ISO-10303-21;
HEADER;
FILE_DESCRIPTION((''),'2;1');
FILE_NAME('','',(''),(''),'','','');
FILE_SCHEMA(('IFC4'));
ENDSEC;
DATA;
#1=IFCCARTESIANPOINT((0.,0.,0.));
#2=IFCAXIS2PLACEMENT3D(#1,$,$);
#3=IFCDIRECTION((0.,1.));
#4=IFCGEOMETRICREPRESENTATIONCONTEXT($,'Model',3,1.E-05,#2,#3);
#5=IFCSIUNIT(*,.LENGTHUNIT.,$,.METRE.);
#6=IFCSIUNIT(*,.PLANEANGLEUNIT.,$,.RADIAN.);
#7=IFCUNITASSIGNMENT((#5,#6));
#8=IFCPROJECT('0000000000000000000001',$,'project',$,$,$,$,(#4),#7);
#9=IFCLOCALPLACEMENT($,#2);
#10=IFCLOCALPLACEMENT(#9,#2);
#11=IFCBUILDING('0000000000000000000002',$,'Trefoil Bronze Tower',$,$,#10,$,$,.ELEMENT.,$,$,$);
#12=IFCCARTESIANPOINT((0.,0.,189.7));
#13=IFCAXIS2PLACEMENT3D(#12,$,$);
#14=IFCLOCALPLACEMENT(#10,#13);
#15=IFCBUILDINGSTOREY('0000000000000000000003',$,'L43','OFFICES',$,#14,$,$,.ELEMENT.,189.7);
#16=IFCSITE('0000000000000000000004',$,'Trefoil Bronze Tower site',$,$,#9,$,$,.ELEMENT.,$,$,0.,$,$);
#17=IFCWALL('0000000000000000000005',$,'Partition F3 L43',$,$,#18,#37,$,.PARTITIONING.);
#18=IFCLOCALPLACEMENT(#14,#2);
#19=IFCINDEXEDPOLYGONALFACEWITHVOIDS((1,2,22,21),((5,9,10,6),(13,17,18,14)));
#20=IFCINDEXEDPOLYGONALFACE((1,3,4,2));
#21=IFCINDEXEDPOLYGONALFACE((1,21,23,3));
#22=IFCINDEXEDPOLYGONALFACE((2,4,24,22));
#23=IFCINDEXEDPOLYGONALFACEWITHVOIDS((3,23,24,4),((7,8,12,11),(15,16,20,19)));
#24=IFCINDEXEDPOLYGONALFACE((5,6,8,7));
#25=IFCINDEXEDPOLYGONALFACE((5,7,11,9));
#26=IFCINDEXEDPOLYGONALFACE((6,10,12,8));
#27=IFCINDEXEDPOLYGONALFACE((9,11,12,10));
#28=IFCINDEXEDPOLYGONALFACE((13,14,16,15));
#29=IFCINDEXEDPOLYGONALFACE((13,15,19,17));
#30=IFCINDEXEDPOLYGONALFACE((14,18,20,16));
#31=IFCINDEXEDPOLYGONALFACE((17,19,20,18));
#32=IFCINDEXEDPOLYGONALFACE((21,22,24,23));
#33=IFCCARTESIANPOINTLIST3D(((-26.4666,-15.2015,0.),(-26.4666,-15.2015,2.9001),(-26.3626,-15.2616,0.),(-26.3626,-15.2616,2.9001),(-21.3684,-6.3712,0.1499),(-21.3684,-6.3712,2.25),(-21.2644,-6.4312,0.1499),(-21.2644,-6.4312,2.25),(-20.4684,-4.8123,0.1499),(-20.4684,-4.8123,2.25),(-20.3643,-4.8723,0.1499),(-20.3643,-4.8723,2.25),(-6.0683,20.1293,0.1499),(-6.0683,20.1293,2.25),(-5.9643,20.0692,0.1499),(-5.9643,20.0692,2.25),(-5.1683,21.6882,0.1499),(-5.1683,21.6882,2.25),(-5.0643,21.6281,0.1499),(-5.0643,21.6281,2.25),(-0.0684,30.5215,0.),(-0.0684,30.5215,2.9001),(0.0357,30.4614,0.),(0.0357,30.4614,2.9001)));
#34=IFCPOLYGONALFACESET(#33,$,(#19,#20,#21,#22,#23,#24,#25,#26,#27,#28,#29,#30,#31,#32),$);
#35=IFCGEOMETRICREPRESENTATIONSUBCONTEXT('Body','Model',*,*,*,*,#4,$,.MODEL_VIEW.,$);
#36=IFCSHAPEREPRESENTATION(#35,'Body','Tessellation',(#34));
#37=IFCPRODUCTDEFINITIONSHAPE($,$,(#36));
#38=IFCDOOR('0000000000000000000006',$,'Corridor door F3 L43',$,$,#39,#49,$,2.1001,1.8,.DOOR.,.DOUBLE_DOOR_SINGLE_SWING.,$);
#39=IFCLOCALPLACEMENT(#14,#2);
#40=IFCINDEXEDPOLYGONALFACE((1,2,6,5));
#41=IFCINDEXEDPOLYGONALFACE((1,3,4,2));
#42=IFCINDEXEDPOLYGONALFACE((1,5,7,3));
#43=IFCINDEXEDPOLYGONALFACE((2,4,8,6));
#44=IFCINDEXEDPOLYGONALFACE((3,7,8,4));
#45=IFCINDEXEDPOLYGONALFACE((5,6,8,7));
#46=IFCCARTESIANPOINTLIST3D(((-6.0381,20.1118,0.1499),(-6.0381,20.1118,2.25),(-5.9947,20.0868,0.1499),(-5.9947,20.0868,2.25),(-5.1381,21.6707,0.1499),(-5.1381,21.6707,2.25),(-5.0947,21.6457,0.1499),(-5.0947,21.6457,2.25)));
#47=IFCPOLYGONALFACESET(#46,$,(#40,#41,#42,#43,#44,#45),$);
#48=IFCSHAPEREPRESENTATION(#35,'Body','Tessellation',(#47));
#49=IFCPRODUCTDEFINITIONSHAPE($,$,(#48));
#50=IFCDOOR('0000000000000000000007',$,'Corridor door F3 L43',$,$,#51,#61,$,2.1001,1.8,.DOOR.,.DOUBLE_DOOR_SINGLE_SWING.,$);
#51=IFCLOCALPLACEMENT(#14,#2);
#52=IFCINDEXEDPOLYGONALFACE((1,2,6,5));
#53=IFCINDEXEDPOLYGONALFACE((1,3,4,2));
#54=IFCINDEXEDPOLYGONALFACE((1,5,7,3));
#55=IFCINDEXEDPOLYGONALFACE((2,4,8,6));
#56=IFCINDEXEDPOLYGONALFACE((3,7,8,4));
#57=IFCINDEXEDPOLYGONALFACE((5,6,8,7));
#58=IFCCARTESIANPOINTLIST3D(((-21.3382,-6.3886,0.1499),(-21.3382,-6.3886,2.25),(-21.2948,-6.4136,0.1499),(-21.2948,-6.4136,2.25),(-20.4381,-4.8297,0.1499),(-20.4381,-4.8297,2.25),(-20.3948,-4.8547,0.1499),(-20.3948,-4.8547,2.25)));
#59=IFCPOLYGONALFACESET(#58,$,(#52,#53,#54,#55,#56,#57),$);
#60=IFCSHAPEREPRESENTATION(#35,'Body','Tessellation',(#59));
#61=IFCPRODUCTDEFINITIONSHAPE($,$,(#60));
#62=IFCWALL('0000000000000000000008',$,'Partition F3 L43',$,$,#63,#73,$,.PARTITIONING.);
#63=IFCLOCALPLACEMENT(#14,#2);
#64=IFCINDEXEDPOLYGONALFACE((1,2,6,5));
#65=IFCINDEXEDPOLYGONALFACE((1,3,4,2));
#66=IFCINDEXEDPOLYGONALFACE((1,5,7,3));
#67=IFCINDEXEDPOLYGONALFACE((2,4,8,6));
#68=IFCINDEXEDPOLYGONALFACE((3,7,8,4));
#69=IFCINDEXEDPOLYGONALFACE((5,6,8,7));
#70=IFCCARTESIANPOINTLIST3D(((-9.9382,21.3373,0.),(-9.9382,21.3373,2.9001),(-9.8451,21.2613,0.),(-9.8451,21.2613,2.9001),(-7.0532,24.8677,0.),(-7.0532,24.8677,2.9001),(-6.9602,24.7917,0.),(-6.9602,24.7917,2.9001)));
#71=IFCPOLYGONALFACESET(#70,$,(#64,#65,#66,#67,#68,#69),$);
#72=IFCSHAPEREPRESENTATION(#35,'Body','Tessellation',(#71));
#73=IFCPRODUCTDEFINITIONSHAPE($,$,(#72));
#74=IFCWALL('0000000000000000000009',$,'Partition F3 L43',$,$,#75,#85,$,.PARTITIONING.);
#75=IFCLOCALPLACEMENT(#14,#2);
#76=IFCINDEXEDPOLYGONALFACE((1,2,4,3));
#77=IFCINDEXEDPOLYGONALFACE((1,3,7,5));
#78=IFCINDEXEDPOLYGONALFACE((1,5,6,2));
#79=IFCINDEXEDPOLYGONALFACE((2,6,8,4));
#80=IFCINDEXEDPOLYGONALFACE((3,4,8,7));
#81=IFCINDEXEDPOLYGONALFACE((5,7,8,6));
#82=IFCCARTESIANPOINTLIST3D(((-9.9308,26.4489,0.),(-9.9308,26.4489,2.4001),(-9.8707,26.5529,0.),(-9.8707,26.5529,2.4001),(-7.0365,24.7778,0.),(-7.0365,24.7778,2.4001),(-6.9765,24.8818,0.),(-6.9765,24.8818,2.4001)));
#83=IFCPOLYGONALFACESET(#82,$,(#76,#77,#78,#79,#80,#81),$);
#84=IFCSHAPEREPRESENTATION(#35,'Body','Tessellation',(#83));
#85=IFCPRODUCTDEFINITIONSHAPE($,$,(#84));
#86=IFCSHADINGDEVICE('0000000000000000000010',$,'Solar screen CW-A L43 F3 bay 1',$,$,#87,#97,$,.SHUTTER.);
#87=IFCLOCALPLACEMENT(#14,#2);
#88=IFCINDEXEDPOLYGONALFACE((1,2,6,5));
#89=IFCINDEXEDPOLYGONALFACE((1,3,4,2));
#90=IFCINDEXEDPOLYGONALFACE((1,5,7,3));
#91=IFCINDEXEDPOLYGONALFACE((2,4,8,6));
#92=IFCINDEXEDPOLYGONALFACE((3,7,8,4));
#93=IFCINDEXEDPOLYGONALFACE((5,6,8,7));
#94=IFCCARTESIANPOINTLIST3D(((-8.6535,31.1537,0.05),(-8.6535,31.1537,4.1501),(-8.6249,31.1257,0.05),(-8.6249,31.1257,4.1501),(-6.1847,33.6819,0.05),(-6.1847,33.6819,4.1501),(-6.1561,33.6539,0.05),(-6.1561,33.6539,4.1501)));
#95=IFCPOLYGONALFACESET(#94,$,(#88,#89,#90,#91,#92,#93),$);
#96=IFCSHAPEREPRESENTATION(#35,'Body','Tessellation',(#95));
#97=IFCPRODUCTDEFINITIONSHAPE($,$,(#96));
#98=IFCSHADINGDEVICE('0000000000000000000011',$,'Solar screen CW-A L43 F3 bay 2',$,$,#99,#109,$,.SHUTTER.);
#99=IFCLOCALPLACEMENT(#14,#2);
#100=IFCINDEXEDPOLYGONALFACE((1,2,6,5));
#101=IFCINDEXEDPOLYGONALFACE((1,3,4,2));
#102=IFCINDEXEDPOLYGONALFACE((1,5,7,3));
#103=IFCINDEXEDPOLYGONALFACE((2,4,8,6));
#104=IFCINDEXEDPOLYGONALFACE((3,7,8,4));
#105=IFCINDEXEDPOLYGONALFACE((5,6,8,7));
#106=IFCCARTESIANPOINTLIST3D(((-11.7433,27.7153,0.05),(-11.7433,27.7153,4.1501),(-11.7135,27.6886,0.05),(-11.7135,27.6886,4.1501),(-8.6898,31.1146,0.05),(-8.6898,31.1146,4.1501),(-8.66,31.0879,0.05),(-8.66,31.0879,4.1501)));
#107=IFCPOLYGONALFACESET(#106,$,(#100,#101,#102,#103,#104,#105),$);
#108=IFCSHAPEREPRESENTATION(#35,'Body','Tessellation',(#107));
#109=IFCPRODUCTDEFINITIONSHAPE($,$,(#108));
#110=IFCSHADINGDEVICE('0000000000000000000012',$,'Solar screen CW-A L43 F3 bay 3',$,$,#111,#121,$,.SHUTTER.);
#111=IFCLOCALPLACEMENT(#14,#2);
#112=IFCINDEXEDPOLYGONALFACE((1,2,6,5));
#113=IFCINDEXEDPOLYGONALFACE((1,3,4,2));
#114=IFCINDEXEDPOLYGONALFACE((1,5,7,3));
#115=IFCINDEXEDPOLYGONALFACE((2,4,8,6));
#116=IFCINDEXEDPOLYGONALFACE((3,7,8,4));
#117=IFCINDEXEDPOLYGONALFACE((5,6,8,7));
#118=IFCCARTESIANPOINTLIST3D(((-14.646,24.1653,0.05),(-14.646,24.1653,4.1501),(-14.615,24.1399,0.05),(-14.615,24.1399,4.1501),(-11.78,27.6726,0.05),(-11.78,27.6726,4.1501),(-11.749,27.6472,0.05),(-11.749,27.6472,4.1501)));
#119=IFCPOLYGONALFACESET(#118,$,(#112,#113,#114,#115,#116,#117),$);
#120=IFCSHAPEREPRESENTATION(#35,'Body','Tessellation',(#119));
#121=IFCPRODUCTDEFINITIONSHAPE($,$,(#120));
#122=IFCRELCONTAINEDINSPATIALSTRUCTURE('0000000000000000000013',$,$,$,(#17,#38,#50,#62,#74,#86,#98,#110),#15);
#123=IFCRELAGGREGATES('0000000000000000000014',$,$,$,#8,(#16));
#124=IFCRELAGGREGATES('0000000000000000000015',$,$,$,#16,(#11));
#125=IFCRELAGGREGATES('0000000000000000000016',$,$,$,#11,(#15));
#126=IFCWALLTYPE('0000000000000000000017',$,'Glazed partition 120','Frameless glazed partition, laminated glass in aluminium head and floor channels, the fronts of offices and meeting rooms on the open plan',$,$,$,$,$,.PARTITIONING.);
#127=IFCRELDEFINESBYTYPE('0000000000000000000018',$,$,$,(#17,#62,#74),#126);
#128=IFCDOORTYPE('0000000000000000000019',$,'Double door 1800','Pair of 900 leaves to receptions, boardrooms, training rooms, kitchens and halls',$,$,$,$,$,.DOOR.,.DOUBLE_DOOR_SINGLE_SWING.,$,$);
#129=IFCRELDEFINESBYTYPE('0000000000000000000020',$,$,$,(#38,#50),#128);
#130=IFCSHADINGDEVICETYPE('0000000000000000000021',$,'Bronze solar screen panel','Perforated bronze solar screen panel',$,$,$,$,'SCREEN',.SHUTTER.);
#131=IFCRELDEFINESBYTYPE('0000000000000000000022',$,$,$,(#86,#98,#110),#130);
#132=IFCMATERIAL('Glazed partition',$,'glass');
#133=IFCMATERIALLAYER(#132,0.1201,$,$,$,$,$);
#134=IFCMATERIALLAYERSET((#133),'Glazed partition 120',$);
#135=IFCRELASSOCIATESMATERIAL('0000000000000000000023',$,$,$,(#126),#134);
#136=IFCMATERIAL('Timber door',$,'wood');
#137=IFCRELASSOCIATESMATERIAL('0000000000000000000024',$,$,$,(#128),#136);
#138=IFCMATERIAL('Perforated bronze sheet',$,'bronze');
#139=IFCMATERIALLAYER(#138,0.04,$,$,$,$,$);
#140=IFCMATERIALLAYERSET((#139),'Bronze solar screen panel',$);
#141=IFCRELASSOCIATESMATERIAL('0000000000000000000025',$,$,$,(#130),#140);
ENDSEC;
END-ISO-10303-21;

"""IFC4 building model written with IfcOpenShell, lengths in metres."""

from ifc_helpers import new_model, si_unit, direction, frame, frame_2d, origin, origin_2d, place, context, subcontext, project, spatial, rectangle, extrude, material, layer, layer_set, type_object, element, fill, save


model = new_model("IFC4")

# Units and contexts
model_context = context("Model", 3, precision=1e-05, world=origin(), true_north=direction((0.0, 1.0)))
body_context = subcontext(model_context, "Body", "Model", "MODEL_VIEW")
ifc_project = project(units=[si_unit("LENGTHUNIT", "METRE"), si_unit("PLANEANGLEUNIT", "RADIAN")], contexts=[model_context])

# Site, building, storey
site_placement = place(None, origin())
site = spatial("IfcSite", under=ifc_project, at=site_placement, Name="Trefoil Bronze Tower site", CompositionType="ELEMENT", RefElevation=0.0)
building_placement = place(site_placement, origin())
building = spatial("IfcBuilding", under=site, at=building_placement, Name="Trefoil Bronze Tower", CompositionType="ELEMENT")
storey_placement = place(building_placement, frame((0.0, 0.0, 189.7)))
storey = spatial("IfcBuildingStorey", under=building, at=storey_placement, Name="L43", Description="OFFICES", CompositionType="ELEMENT", Elevation=189.7)

# Wall, openings, doors
ifc_material_1 = material(Name="Glazed partition", Category="glass")
ifc_layer_1 = layer(ifc_material_1, 0.1201)
ifc_layer_set_1 = layer_set([ifc_layer_1], Name="Glazed partition 120")
wall_type = type_object("IfcWallType", Name="Glazed partition 120", Description="Frameless glazed partition, laminated glass in aluminium head and floor channels, the fronts of offices and meeting rooms on the open plan", PredefinedType="PARTITIONING", material=ifc_layer_set_1)
wall_1_placement = place(storey_placement, frame((-0.0164, 30.4915, 0.0), z_axis=(0.0, 0.0, 1.0), x_axis=(-0.500001, -0.866025, 0.0)))
wall_1 = element("IfcWall", 1, at=wall_1_placement, inside=storey, type_object=wall_type, Name="Partition F3 L43", PredefinedType="PARTITIONING", context=body_context, shape_type="SweptSolid", body=[
    extrude(rectangle(XDim=52.7964, YDim=0.1201, at=frame_2d((26.3982, 0.0))), origin(), (0.0, 0.0, 1.0), 2.9001),
])
opening_1_placement = place(wall_1_placement, frame((10.2, 0.0, 0.1499)))
opening_1 = element("IfcOpeningElement", 2, at=opening_1_placement, cuts=wall_1, PredefinedType="OPENING", context=body_context, shape_type="SweptSolid", body=[
    extrude(rectangle(XDim=1.8, YDim=2.1001, at=frame_2d((0.8999, 1.05))), frame((0.0, 0.0701, 0.0), z_axis=(0.0, -1.0, 0.0), x_axis=(1.0, 0.0, 0.0)), (0.0, 0.0, 1.0), 0.1401),
])
opening_2_placement = place(wall_1_placement, frame((40.8, 0.0, 0.1499)))
opening_2 = element("IfcOpeningElement", 3, at=opening_2_placement, cuts=wall_1, PredefinedType="OPENING", context=body_context, shape_type="SweptSolid", body=[
    extrude(rectangle(XDim=1.8, YDim=2.1001, at=frame_2d((0.8999, 1.05))), frame((0.0, 0.0701, 0.0), z_axis=(0.0, -1.0, 0.0), x_axis=(1.0, 0.0, 0.0)), (0.0, 0.0, 1.0), 0.1401),
])
ifc_material_2 = material(Name="Timber door", Category="wood")
door_type = type_object("IfcDoorType", Name="Double door 1800", Description="Pair of 900 leaves to receptions, boardrooms, training rooms, kitchens and halls", OperationType="DOUBLE_DOOR_SINGLE_SWING", PredefinedType="DOOR", material=ifc_material_2)
door_1_placement = place(opening_1_placement, origin())
door_1 = element("IfcDoor", 4, at=door_1_placement, inside=storey, type_object=door_type, Name="Corridor door F3 L43", OperationType="DOUBLE_DOOR_SINGLE_SWING", OverallHeight=2.1001, OverallWidth=1.8, PredefinedType="DOOR", context=body_context, shape_type="SweptSolid", body=[
    extrude(rectangle(XDim=1.8, YDim=2.1001, at=frame_2d((0.8999, 1.05))), frame((0.0, 0.0249, 0.0), z_axis=(0.0, -1.0, 0.0), x_axis=(1.0, 0.0, 0.0)), (0.0, 0.0, 1.0), 0.05),
])
fill(opening_1, door_1)
door_2_placement = place(opening_2_placement, origin())
door_2 = element("IfcDoor", 5, at=door_2_placement, inside=storey, type_object=door_type, Name="Corridor door F3 L43", OperationType="DOUBLE_DOOR_SINGLE_SWING", OverallHeight=2.1001, OverallWidth=1.8, PredefinedType="DOOR", context=body_context, shape_type="SweptSolid", body=[
    extrude(rectangle(XDim=1.8, YDim=2.1001, at=frame_2d((0.8999, 1.05))), frame((0.0, 0.0249, 0.0), z_axis=(0.0, -1.0, 0.0), x_axis=(1.0, 0.0, 0.0)), (0.0, 0.0, 1.0), 0.05),
])
fill(opening_2, door_2)

# Walls
wall_2_placement = place(storey_placement, frame((-7.0066, 24.8298, 0.0), z_axis=(0.0, 0.0, 1.0), x_axis=(-0.632765, -0.774344, 0.0)))
element("IfcWall", 6, at=wall_2_placement, inside=storey, type_object=wall_type, Name="Partition F3 L43", PredefinedType="PARTITIONING", context=body_context, shape_type="SweptSolid", body=[
    extrude(rectangle(XDim=4.5593, YDim=0.1201, at=frame_2d((2.2798, 0.0))), origin(), (0.0, 0.0, 1.0), 2.9001),
])
wall_3_placement = place(storey_placement, frame((-7.0066, 24.8298, 0.0), z_axis=(0.0, 0.0, 1.0), x_axis=(-0.866009, 0.500028, 0.0)))
element("IfcWall", 7, at=wall_3_placement, inside=storey, type_object=wall_type, Name="Partition F3 L43", PredefinedType="PARTITIONING", context=body_context, shape_type="SweptSolid", body=[
    extrude(rectangle(XDim=3.342, YDim=0.1201, at=frame_2d((1.6709, 0.0))), origin(), (0.0, 0.0, 1.0), 2.4001),
])

# Shading devices
ifc_material_3 = material(Name="Perforated bronze sheet", Category="bronze")
ifc_layer_2 = layer(ifc_material_3, 0.04)
ifc_layer_set_2 = layer_set([ifc_layer_2], Name="Bronze solar screen panel")
shading_device_type = type_object("IfcShadingDeviceType", Name="Bronze solar screen panel", Description="Perforated bronze solar screen panel", ElementType="SCREEN", PredefinedType="SHUTTER", material=ifc_layer_set_2)
shading_device_1_placement = place(storey_placement, frame((-7.4048, 32.4038, 0.05), z_axis=(0.0, 0.0, 1.0), x_axis=(-0.698652, -0.715462, 0.0)))
element("IfcShadingDevice", 8, at=shading_device_1_placement, inside=storey, type_object=shading_device_type, Name="Solar screen CW-A L43 F3 bay 1", PredefinedType="SHUTTER", context=body_context, shape_type="SweptSolid", body=[
    extrude(rectangle(XDim=3.5337, YDim=0.04, at=origin_2d()), origin(), (0.0, 0.0, 1.0), 4.1001),
])
shading_device_2_placement = place(storey_placement, frame((-10.2017, 29.4016, 0.05), z_axis=(0.0, 0.0, 1.0), x_axis=(-0.668246, -0.743941, 0.0)))
element("IfcShadingDevice", 9, at=shading_device_2_placement, inside=storey, type_object=shading_device_type, Name="Solar screen CW-A L43 F3 bay 2", PredefinedType="SHUTTER", context=body_context, shape_type="SweptSolid", body=[
    extrude(rectangle(XDim=4.5693, YDim=0.04, at=origin_2d()), origin(), (0.0, 0.0, 1.0), 4.1001),
])
shading_device_3_placement = place(storey_placement, frame((-13.1975, 25.9062, 0.05), z_axis=(0.0, 0.0, 1.0), x_axis=(-0.632753, -0.774354, 0.0)))
element("IfcShadingDevice", 10, at=shading_device_3_placement, inside=storey, type_object=shading_device_type, Name="Solar screen CW-A L43 F3 bay 3", PredefinedType="SHUTTER", context=body_context, shape_type="SweptSolid", body=[
    extrude(rectangle(XDim=4.5293, YDim=0.04, at=origin_2d()), origin(), (0.0, 0.0, 1.0), 4.1001),
])

save(model, "model.ifc")
